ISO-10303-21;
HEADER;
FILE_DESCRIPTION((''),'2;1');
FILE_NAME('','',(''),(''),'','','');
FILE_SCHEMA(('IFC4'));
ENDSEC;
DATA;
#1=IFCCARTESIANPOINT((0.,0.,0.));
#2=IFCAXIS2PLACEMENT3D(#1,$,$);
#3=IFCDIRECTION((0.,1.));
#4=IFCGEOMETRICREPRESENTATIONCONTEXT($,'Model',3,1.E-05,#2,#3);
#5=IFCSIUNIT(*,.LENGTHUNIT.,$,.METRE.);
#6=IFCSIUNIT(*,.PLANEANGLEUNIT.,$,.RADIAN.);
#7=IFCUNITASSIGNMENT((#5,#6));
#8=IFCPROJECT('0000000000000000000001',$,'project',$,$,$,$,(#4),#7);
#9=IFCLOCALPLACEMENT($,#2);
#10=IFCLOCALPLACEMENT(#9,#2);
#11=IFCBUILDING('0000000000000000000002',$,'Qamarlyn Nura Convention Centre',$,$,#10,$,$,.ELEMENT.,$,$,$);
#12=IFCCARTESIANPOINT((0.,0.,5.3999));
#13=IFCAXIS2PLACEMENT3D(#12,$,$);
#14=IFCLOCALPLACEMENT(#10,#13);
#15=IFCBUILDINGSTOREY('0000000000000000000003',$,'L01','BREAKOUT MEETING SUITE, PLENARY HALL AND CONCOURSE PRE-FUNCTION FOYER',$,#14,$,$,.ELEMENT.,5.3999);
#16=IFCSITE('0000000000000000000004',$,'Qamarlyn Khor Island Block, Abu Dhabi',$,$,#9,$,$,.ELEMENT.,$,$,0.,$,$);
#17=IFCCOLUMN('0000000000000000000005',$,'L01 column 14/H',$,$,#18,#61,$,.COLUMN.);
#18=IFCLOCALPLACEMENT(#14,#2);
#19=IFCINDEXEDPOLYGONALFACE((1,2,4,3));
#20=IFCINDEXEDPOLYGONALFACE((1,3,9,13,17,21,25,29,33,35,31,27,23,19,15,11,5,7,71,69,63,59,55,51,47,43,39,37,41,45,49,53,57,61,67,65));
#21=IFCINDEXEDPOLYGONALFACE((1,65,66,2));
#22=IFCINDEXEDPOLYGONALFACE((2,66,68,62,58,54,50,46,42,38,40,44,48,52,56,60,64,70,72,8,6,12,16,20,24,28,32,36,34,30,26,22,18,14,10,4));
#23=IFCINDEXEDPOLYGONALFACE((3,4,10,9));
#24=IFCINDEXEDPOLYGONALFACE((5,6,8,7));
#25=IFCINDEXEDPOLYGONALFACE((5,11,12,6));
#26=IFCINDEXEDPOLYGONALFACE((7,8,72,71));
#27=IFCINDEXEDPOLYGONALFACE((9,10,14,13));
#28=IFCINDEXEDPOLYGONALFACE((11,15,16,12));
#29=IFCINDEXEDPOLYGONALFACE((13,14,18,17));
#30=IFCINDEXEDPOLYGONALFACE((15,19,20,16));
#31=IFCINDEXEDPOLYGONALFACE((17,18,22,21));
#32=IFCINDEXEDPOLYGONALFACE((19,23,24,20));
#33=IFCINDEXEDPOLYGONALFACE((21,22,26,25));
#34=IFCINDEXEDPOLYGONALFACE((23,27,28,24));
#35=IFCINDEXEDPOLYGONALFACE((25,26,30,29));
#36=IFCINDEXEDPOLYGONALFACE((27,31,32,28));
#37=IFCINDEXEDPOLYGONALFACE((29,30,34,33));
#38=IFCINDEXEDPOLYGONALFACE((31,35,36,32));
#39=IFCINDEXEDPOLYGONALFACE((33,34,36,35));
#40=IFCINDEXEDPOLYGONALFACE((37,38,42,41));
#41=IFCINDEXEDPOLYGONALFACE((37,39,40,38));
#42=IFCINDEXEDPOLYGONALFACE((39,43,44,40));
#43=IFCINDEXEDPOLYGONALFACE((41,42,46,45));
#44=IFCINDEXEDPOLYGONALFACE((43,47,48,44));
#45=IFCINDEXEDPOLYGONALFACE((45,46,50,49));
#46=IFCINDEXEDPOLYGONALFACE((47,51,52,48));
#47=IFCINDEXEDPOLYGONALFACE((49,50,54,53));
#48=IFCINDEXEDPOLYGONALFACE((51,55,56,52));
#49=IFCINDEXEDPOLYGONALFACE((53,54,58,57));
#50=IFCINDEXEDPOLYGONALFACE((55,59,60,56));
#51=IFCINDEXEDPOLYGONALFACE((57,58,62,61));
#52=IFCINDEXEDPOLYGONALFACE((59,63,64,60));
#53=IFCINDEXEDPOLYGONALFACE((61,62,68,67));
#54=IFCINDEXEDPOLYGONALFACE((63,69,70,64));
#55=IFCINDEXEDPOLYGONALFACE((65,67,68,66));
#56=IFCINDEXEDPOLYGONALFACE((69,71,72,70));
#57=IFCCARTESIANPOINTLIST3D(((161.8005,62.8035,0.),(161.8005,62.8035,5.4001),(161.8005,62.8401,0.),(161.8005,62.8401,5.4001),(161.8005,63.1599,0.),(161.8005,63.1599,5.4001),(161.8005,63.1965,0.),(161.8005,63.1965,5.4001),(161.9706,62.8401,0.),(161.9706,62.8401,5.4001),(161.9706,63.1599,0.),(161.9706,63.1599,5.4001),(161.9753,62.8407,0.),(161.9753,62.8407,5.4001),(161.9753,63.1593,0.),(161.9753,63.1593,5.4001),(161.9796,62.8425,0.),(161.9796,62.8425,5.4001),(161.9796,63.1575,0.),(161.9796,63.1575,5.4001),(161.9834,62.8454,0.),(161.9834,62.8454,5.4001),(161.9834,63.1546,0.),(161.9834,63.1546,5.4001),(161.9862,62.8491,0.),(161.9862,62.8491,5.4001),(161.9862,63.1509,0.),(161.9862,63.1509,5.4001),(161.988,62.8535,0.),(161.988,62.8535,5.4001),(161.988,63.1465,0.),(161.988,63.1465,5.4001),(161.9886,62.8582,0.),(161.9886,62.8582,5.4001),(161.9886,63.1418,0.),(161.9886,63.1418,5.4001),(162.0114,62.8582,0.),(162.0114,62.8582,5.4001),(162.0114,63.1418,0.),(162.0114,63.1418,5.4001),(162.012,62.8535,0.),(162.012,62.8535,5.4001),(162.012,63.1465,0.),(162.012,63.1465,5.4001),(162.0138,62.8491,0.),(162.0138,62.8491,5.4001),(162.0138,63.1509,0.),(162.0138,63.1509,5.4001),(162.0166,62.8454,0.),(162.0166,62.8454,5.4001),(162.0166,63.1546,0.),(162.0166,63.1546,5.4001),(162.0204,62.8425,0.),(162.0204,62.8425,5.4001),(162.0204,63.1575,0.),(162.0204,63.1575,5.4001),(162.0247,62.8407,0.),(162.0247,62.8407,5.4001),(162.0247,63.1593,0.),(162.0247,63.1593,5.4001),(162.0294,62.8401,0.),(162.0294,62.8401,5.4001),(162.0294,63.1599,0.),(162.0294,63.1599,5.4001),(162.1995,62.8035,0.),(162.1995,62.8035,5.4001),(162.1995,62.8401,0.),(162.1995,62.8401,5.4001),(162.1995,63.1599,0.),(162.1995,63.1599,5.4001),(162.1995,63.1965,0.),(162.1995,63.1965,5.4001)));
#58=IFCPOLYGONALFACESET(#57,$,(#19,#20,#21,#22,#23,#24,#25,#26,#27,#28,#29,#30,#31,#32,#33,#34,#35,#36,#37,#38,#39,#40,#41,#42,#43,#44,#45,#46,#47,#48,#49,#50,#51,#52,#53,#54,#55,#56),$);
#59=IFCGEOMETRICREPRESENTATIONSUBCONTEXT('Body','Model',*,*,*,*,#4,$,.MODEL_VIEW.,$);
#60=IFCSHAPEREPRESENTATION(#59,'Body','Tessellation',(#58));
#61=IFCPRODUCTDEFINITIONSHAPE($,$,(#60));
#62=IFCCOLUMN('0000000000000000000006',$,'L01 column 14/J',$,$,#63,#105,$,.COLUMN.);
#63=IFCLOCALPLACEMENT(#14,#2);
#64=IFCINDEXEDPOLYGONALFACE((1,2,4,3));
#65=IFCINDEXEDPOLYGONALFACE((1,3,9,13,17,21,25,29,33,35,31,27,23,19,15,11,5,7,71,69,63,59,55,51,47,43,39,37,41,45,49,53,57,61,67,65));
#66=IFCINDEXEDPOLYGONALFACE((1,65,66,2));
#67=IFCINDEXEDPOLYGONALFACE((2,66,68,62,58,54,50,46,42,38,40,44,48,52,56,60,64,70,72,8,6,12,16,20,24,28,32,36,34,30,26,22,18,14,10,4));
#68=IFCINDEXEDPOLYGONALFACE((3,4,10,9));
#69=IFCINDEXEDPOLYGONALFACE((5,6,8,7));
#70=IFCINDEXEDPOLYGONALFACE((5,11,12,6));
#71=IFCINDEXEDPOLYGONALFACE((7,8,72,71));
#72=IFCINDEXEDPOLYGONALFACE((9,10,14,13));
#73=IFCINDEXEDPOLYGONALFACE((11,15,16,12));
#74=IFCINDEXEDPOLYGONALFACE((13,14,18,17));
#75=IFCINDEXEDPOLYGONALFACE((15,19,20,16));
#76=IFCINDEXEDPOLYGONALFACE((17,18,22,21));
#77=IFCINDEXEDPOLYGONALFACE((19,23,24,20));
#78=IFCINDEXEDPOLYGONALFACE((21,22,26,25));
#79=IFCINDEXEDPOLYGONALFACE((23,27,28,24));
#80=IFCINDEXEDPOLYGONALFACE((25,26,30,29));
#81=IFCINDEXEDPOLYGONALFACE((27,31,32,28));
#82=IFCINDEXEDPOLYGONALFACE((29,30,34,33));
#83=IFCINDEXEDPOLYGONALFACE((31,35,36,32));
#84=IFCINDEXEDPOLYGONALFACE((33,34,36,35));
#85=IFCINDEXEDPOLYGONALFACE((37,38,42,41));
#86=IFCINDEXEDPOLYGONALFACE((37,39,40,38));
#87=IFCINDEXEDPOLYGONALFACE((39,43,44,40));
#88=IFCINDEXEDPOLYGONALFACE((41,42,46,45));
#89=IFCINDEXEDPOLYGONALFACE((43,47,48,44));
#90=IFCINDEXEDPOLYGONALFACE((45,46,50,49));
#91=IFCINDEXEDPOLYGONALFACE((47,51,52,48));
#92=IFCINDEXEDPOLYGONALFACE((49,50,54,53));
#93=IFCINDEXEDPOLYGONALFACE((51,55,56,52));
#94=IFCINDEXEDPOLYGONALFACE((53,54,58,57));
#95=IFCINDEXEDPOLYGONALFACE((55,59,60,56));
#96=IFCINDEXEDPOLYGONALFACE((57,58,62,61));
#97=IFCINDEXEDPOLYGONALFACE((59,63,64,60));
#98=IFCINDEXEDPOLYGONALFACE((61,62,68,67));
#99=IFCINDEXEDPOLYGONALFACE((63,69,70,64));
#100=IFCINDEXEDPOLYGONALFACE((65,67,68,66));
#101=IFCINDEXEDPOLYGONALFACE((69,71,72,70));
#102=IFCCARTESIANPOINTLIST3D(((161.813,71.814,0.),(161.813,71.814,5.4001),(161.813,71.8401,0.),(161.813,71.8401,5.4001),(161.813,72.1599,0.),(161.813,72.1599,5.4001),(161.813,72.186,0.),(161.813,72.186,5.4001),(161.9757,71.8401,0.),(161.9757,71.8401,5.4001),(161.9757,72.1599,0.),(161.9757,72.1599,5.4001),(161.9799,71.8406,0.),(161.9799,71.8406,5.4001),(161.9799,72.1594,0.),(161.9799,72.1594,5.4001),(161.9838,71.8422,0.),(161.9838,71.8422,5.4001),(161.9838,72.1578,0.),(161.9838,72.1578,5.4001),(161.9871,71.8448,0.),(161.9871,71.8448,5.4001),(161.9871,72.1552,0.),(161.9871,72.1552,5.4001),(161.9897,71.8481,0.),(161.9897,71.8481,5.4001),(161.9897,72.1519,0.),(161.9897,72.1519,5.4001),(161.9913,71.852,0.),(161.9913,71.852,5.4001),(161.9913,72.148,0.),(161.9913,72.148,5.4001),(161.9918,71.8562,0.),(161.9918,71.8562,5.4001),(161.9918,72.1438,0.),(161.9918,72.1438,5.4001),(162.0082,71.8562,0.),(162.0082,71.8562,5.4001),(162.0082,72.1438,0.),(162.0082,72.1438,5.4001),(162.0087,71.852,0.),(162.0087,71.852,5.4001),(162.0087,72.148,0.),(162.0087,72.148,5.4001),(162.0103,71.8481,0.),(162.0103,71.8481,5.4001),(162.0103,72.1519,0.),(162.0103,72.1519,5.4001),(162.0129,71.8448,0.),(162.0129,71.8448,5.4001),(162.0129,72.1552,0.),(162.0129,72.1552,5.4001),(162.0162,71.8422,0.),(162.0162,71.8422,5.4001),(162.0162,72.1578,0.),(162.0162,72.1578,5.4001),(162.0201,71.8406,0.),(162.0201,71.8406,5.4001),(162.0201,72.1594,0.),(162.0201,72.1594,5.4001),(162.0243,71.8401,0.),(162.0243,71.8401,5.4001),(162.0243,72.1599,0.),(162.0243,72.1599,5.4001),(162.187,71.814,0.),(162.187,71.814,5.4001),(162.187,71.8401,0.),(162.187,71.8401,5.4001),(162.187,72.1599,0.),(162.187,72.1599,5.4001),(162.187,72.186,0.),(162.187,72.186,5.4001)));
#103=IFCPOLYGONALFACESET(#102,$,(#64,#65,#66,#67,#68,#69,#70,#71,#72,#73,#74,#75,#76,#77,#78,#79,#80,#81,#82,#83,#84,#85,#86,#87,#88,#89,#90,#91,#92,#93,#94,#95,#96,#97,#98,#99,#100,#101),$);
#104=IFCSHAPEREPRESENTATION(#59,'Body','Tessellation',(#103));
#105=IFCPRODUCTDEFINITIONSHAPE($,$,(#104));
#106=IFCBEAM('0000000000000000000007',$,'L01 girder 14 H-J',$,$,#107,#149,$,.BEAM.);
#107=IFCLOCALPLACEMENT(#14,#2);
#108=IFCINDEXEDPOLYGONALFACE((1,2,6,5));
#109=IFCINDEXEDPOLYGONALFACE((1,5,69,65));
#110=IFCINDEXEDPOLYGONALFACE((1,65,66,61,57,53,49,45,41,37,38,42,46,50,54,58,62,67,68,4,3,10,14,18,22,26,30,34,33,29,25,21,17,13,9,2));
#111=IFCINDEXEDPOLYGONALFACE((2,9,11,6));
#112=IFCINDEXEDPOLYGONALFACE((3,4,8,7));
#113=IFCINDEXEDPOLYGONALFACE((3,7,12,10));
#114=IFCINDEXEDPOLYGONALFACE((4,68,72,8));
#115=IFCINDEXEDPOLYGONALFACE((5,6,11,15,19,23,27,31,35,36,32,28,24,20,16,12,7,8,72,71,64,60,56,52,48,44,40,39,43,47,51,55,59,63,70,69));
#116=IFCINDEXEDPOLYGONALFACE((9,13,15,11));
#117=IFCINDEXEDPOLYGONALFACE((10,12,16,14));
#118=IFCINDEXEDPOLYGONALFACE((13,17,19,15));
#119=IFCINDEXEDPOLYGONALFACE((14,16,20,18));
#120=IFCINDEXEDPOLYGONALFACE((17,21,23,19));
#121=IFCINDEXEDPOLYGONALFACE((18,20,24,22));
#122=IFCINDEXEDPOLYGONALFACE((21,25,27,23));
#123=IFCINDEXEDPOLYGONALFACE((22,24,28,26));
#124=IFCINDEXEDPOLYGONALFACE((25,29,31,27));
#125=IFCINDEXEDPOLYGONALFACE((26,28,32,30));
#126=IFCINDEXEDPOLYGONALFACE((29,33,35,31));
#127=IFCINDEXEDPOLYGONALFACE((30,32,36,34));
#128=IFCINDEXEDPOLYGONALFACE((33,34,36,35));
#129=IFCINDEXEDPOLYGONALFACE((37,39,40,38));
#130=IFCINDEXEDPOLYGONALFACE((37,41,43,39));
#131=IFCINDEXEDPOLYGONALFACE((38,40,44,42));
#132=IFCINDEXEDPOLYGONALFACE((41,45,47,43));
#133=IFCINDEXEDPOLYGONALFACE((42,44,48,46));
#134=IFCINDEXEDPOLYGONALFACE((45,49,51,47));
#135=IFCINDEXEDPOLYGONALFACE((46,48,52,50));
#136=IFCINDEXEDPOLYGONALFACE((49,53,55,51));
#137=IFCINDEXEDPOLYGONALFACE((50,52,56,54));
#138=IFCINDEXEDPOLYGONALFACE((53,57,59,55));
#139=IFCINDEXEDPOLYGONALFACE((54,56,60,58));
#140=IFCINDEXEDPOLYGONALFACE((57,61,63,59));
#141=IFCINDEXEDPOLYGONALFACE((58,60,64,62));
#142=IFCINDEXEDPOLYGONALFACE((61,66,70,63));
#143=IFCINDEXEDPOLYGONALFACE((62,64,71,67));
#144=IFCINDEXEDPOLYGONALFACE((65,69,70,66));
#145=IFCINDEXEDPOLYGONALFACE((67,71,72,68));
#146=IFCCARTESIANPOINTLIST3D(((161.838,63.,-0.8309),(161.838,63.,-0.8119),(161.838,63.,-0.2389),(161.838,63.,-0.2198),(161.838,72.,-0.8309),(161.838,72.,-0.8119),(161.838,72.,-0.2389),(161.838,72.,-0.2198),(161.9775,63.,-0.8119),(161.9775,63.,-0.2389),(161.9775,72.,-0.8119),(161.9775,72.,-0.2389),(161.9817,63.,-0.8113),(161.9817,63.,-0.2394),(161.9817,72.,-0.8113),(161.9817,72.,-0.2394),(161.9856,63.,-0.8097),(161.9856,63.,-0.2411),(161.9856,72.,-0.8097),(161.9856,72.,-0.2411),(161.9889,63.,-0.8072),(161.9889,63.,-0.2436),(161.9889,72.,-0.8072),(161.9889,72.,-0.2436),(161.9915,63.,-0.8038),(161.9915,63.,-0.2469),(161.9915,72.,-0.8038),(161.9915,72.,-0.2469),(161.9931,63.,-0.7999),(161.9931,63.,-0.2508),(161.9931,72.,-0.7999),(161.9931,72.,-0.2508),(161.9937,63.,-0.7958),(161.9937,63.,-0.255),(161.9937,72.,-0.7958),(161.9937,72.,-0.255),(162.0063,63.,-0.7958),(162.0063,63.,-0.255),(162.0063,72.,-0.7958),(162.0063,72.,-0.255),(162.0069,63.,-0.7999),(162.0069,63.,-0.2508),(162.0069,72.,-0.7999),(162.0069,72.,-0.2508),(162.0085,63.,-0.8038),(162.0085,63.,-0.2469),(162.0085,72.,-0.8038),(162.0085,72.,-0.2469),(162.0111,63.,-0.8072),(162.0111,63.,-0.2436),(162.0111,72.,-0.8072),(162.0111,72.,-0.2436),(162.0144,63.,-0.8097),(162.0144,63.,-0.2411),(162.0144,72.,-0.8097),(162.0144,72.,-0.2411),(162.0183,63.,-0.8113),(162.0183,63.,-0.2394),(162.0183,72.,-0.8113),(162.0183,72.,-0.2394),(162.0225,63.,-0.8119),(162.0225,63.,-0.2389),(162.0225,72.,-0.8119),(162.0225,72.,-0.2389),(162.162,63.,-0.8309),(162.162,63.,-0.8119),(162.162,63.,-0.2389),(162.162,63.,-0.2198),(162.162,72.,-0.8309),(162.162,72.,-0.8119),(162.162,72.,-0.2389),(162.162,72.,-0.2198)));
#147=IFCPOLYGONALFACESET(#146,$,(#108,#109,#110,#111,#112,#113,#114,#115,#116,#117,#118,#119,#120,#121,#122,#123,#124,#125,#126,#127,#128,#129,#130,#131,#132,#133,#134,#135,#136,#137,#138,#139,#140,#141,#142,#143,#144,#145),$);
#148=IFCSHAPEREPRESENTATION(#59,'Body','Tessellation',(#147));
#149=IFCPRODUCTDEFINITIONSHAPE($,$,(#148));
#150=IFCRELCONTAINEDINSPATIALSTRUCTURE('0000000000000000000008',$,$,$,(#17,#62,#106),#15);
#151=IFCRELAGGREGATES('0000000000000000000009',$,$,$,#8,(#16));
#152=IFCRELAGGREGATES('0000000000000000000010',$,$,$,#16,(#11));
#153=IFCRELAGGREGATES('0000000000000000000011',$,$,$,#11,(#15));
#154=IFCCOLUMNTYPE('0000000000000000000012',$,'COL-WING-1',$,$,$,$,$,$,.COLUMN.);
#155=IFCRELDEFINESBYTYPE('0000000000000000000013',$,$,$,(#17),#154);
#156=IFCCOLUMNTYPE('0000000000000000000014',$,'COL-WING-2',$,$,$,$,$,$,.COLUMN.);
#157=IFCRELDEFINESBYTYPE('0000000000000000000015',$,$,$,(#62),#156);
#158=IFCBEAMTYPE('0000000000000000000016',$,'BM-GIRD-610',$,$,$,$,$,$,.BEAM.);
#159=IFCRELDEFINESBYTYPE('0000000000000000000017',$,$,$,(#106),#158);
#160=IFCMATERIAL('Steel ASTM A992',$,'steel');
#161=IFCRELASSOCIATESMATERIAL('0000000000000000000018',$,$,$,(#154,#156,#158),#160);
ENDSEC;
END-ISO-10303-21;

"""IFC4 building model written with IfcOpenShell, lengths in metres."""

from ifc_helpers import new_model, si_unit, direction, frame, origin, origin_2d, place, context, subcontext, project, spatial, i_section, extrude, material, material_profile, profile_set, type_object, element, save


model = new_model("IFC4")

# Units and contexts
model_context = context("Model", 3, precision=1e-05, world=origin(), true_north=direction((0.0, 1.0)))
body_context = subcontext(model_context, "Body", "Model", "MODEL_VIEW")
ifc_project = project(units=[si_unit("LENGTHUNIT", "METRE"), si_unit("PLANEANGLEUNIT", "RADIAN")], contexts=[model_context])

# Site, building, storey
site_placement = place(None, origin())
site = spatial("IfcSite", under=ifc_project, at=site_placement, Name="Qamarlyn Khor Island Block, Abu Dhabi", CompositionType="ELEMENT", RefElevation=0.0)
building_placement = place(site_placement, origin())
building = spatial("IfcBuilding", under=site, at=building_placement, Name="Qamarlyn Nura Convention Centre", CompositionType="ELEMENT")
storey_placement = place(building_placement, frame((0.0, 0.0, 5.3999)))
storey = spatial("IfcBuildingStorey", under=building, at=storey_placement, Name="L01", Description="BREAKOUT MEETING SUITE, PLENARY HALL AND CONCOURSE PRE-FUNCTION FOYER", CompositionType="ELEMENT", Elevation=5.3999)

# Columns
ifc_material_1 = material(Name="Steel ASTM A992", Category="steel")
ifc_material_profile_1 = material_profile(ifc_material_1, i_section(OverallWidth=0.3989, OverallDepth=0.3931, WebThickness=0.0227, FlangeThickness=0.0366, FilletRadius=0.0181, at=origin_2d()), Name="W360X287")
ifc_profile_set_1 = profile_set([ifc_material_profile_1], Name="Steel ASTM A992")
column_type_1 = type_object("IfcColumnType", Name="COL-WING-1", PredefinedType="COLUMN", material=ifc_profile_set_1)
column_1_placement = place(storey_placement, frame((162.0, 63.0, 0.0), z_axis=(0.0, 0.0, 1.0), x_axis=(1.0, 0.0, 0.0)))
element("IfcColumn", 1, at=column_1_placement, inside=storey, type_object=column_type_1, Name="L01 column 14/H", PredefinedType="COLUMN", context=body_context, shape_type="SweptSolid", body=[
    extrude(i_section(OverallWidth=0.3989, OverallDepth=0.3931, WebThickness=0.0227, FlangeThickness=0.0366, FilletRadius=0.0181, at=origin_2d()), origin(), (0.0, 0.0, 1.0), 5.4001),
])
ifc_material_profile_2 = material_profile(ifc_material_1, i_section(OverallWidth=0.374, OverallDepth=0.3721, WebThickness=0.0164, FlangeThickness=0.0261, FilletRadius=0.0161, at=origin_2d()), Name="W360X196")
ifc_profile_set_2 = profile_set([ifc_material_profile_2], Name="Steel ASTM A992")
column_type_2 = type_object("IfcColumnType", Name="COL-WING-2", PredefinedType="COLUMN", material=ifc_profile_set_2)
column_2_placement = place(storey_placement, frame((162.0, 72.0, 0.0), z_axis=(0.0, 0.0, 1.0), x_axis=(1.0, 0.0, 0.0)))
element("IfcColumn", 2, at=column_2_placement, inside=storey, type_object=column_type_2, Name="L01 column 14/J", PredefinedType="COLUMN", context=body_context, shape_type="SweptSolid", body=[
    extrude(i_section(OverallWidth=0.374, OverallDepth=0.3721, WebThickness=0.0164, FlangeThickness=0.0261, FilletRadius=0.0161, at=origin_2d()), origin(), (0.0, 0.0, 1.0), 5.4001),
])

# Beam
ifc_material_profile_3 = material_profile(ifc_material_1, i_section(OverallWidth=0.324, OverallDepth=0.6111, WebThickness=0.0127, FlangeThickness=0.019, FilletRadius=0.0161, at=origin_2d()), Name="W610X155")
ifc_profile_set_3 = profile_set([ifc_material_profile_3], Name="Steel ASTM A992")
beam_type_1 = type_object("IfcBeamType", Name="BM-GIRD-610", PredefinedType="BEAM", material=ifc_profile_set_3)
beam_1_placement = place(storey_placement, frame((162.0, 63.0, -0.5254), z_axis=(0.0, 1.0, 0.0), x_axis=(-1.0, 0.0, 0.0)))
element("IfcBeam", 3, at=beam_1_placement, inside=storey, type_object=beam_type_1, Name="L01 girder 14 H-J", PredefinedType="BEAM", context=body_context, shape_type="SweptSolid", body=[
    extrude(i_section(OverallWidth=0.324, OverallDepth=0.6111, WebThickness=0.0127, FlangeThickness=0.019, FilletRadius=0.0161, at=origin_2d()), origin(), (0.0, 0.0, 1.0), 9.0),
])

save(model, "model.ifc")
